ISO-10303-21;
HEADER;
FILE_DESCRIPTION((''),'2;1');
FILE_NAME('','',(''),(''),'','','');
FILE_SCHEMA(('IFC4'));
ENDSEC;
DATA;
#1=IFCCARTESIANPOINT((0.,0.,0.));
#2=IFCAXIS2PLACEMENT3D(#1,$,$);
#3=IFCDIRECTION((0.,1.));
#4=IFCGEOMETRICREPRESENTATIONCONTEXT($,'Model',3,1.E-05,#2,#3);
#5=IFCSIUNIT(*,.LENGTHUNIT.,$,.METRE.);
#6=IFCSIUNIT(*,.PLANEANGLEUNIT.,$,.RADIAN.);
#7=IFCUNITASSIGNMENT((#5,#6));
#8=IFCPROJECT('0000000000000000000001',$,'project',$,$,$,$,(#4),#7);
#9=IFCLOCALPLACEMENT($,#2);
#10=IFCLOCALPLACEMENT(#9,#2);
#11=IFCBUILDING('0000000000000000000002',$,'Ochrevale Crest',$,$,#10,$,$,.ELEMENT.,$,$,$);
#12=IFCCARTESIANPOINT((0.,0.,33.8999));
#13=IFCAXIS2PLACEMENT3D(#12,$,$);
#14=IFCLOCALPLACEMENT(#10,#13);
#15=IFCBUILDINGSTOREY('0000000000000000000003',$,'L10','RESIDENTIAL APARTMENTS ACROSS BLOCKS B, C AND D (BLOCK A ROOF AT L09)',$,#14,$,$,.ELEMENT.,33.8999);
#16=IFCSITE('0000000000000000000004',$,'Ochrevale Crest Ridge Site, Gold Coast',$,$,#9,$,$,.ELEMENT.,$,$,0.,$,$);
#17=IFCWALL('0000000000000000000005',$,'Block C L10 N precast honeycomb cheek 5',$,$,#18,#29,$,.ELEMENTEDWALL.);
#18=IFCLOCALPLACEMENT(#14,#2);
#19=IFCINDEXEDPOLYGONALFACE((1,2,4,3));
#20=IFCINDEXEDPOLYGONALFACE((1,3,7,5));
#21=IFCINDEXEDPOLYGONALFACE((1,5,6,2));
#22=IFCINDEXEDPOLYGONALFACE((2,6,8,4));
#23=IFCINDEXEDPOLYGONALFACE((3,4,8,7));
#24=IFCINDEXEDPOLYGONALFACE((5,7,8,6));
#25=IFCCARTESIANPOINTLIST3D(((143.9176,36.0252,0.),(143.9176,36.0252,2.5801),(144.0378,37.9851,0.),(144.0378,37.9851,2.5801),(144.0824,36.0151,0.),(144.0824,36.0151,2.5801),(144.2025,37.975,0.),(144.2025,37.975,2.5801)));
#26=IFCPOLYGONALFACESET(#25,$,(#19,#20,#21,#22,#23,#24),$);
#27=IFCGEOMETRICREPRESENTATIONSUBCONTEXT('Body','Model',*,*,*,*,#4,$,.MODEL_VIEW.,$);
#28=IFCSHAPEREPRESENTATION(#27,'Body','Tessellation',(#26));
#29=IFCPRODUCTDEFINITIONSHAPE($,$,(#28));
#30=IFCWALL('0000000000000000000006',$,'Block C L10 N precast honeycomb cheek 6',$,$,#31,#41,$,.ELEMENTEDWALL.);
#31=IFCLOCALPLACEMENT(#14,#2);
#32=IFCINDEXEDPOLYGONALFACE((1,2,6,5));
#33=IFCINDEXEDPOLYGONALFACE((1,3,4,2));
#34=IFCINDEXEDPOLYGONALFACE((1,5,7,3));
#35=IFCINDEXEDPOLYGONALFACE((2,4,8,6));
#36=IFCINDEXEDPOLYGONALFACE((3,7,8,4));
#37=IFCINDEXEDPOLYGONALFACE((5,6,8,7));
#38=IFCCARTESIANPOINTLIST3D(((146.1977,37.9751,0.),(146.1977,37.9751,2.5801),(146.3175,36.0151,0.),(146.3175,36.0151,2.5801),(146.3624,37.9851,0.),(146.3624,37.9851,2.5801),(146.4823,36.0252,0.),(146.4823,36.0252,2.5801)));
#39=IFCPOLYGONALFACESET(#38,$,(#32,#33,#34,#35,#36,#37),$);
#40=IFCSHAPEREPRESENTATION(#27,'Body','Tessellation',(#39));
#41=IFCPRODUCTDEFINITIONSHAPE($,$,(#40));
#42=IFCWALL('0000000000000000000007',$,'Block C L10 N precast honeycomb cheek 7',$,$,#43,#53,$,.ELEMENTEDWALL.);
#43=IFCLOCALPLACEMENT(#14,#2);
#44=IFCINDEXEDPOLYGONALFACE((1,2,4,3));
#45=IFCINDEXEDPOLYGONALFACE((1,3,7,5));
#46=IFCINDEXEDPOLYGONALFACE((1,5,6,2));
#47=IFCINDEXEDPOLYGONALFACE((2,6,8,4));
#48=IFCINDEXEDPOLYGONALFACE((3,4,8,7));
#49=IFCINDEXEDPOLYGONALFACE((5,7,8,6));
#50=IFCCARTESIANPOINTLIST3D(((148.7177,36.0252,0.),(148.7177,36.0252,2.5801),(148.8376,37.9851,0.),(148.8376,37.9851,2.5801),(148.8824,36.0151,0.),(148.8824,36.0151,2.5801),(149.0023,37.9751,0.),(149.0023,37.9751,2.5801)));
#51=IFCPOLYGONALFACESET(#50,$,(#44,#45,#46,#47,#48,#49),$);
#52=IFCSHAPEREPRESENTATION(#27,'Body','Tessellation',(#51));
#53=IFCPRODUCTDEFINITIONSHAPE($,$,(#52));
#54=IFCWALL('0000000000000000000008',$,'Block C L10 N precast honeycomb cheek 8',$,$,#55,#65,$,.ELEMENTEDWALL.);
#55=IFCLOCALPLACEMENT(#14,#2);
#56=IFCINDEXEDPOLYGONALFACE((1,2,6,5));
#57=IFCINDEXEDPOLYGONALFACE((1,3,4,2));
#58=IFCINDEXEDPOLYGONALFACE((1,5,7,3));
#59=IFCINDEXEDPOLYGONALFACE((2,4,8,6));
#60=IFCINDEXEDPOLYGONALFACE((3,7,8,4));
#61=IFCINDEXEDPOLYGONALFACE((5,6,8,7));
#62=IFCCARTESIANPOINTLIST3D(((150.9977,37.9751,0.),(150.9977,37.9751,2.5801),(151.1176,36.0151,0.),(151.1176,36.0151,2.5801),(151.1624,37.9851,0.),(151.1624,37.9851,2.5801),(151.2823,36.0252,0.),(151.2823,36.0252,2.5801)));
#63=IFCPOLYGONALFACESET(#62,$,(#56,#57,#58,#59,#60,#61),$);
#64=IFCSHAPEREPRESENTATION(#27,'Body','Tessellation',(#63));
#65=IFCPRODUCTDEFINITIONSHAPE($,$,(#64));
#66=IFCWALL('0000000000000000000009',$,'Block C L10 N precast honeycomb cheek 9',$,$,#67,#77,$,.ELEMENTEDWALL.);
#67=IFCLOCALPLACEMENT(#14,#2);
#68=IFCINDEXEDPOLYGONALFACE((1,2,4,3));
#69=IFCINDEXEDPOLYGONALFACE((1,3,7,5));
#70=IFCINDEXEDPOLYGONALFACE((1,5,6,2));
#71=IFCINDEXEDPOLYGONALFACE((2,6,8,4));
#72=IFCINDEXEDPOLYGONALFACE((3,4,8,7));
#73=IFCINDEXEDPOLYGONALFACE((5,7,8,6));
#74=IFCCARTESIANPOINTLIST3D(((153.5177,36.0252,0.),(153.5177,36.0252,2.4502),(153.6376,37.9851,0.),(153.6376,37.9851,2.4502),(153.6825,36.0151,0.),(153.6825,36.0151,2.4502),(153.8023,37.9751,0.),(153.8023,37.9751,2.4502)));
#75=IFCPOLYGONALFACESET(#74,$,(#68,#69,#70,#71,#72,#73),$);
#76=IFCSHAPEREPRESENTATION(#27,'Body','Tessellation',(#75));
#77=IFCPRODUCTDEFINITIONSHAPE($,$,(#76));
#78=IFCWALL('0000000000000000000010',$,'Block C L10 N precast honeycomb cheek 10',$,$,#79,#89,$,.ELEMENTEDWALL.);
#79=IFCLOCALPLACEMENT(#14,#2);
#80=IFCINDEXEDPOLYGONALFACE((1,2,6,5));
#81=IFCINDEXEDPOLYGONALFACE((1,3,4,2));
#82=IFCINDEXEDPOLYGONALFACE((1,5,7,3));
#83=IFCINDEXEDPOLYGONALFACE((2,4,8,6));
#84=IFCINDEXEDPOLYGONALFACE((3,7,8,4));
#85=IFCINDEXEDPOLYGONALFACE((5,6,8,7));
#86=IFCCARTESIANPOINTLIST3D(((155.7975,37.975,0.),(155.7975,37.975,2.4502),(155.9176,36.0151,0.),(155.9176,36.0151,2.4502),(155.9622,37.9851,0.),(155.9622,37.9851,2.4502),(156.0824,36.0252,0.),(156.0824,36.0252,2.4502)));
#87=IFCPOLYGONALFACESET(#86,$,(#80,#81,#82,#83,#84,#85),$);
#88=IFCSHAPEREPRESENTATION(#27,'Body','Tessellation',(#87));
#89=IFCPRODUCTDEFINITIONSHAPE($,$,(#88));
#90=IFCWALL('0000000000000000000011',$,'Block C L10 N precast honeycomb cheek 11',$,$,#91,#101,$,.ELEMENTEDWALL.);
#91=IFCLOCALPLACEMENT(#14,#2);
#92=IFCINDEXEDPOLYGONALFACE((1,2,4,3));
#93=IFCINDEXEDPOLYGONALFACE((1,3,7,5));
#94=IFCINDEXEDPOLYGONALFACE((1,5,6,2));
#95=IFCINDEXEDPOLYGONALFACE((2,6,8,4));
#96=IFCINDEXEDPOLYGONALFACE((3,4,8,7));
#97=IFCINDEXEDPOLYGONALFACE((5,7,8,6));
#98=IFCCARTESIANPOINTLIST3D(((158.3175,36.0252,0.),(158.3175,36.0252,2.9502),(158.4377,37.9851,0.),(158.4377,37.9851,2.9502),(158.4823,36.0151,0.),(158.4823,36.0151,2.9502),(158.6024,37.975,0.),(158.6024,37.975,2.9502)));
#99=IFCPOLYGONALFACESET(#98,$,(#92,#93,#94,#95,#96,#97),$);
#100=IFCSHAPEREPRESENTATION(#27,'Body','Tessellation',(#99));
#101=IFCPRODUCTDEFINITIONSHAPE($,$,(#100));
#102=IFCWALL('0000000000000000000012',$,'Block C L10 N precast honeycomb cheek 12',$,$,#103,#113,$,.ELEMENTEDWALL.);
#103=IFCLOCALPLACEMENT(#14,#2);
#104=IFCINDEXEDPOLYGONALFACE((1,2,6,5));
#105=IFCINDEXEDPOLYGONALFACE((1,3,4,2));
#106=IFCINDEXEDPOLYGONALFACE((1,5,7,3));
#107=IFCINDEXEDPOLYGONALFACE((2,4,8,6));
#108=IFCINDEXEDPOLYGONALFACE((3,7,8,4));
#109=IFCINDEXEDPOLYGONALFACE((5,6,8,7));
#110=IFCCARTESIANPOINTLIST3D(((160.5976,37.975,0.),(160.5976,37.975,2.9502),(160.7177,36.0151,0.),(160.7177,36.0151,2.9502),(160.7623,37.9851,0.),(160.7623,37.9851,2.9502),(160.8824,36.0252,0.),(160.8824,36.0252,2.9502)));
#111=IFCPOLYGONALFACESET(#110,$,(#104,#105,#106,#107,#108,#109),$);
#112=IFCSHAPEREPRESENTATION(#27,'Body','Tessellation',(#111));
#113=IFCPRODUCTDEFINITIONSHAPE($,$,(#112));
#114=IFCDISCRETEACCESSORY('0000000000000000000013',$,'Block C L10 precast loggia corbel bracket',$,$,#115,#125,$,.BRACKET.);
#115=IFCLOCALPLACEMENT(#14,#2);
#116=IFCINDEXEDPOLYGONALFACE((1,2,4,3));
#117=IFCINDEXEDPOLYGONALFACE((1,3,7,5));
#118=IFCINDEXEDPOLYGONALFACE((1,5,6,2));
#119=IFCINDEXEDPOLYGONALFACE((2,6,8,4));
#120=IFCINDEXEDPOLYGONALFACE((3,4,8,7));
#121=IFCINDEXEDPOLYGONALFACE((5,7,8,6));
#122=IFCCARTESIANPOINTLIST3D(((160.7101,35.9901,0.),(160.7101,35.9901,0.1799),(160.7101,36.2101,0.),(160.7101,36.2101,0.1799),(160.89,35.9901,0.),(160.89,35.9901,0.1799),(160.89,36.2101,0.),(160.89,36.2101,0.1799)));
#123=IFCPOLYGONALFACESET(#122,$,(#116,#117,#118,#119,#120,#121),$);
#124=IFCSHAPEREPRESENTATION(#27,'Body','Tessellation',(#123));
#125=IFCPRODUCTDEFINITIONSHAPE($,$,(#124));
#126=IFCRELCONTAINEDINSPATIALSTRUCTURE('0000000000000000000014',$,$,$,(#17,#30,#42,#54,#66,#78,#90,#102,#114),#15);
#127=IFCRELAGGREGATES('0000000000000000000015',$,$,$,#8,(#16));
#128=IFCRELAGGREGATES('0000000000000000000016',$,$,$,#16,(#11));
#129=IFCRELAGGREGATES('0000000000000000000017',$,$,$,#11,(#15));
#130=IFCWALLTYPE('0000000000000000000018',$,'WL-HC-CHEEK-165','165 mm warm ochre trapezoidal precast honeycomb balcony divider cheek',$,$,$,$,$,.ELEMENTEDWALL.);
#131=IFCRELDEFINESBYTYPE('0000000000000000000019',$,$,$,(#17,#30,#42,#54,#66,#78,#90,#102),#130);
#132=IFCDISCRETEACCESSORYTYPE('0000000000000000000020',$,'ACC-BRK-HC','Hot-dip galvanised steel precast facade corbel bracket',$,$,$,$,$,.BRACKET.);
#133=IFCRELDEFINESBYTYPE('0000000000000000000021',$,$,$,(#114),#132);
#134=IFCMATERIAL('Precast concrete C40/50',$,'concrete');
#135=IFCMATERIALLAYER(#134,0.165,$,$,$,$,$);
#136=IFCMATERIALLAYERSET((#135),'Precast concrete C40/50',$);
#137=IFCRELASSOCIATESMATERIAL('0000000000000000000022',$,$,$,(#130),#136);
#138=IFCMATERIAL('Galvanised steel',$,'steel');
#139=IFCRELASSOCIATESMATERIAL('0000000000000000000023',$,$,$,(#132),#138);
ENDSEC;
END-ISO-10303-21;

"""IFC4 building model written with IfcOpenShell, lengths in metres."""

from ifc_helpers import new_model, si_unit, direction, frame, frame_2d, origin, origin_2d, place, context, subcontext, project, spatial, rectangle, extrude, material, layer, layer_set, type_object, element, save


model = new_model("IFC4")

# Units and contexts
model_context = context("Model", 3, precision=1e-05, world=origin(), true_north=direction((0.0, 1.0)))
body_context = subcontext(model_context, "Body", "Model", "MODEL_VIEW")
ifc_project = project(units=[si_unit("LENGTHUNIT", "METRE"), si_unit("PLANEANGLEUNIT", "RADIAN")], contexts=[model_context])

# Site, building, storey
site_placement = place(None, origin())
site = spatial("IfcSite", under=ifc_project, at=site_placement, Name="Ochrevale Crest Ridge Site, Gold Coast", CompositionType="ELEMENT", RefElevation=0.0)
building_placement = place(site_placement, origin())
building = spatial("IfcBuilding", under=site, at=building_placement, Name="Ochrevale Crest", CompositionType="ELEMENT")
storey_placement = place(building_placement, frame((0.0, 0.0, 33.8999)))
storey = spatial("IfcBuildingStorey", under=building, at=storey_placement, Name="L10", Description="RESIDENTIAL APARTMENTS ACROSS BLOCKS B, C AND D (BLOCK A ROOF AT L09)", CompositionType="ELEMENT", Elevation=33.8999)

# Shared definitions
ifc_material_1 = material(Name="Precast concrete C40/50", Category="concrete")

# Walls
ifc_layer_1 = layer(ifc_material_1, 0.165)
ifc_layer_set_1 = layer_set([ifc_layer_1], Name="Precast concrete C40/50")
wall_type = type_object("IfcWallType", Name="WL-HC-CHEEK-165", Description="165 mm warm ochre trapezoidal precast honeycomb balcony divider cheek", PredefinedType="ELEMENTEDWALL", material=ifc_layer_set_1)
for number, where, z_axis, x_axis, name in (
    (1, (144.0, 36.02, 0.0), (0.0, 0.0, 1.0), (0.061171, 0.998127, 0.0), "Block C L10 N precast honeycomb cheek 5"),
    (2, (146.3999, 36.02, 0.0), (0.0, 0.0, 1.0), (-0.061047, 0.998135, 0.0), "Block C L10 N precast honeycomb cheek 6"),
    (3, (148.8, 36.02, 0.0), (0.0, 0.0, 1.0), (0.061047, 0.998135, 0.0), "Block C L10 N precast honeycomb cheek 7"),
    (4, (151.2, 36.02, 0.0), (0.0, 0.0, 1.0), (-0.061047, 0.998135, 0.0), "Block C L10 N precast honeycomb cheek 8"),
):
    element("IfcWall", number, at=place(storey_placement, frame(where, z_axis=z_axis, x_axis=x_axis)), inside=storey, type_object=wall_type, Name=name, PredefinedType="ELEMENTEDWALL", context=body_context, shape_type="SweptSolid", body=[
        extrude(rectangle(XDim=1.9636, YDim=0.165, at=frame_2d((0.9819, 0.0))), origin(), (0.0, 0.0, 1.0), 2.5801),
    ])
for number, where, z_axis, x_axis, name in (
    (5, (153.6001, 36.02, 0.0), (0.0, 0.0, 1.0), (0.061047, 0.998135, 0.0), "Block C L10 N precast honeycomb cheek 9"),
    (6, (156.0, 36.02, 0.0), (0.0, 0.0, 1.0), (-0.061171, 0.998127, 0.0), "Block C L10 N precast honeycomb cheek 10"),
):
    element("IfcWall", number, at=place(storey_placement, frame(where, z_axis=z_axis, x_axis=x_axis)), inside=storey, type_object=wall_type, Name=name, PredefinedType="ELEMENTEDWALL", context=body_context, shape_type="SweptSolid", body=[
        extrude(rectangle(XDim=1.9636, YDim=0.165, at=frame_2d((0.9819, 0.0))), origin(), (0.0, 0.0, 1.0), 2.4502),
    ])
for number, where, z_axis, x_axis, name in (
    (7, (158.3999, 36.02, 0.0), (0.0, 0.0, 1.0), (0.061171, 0.998127, 0.0), "Block C L10 N precast honeycomb cheek 11"),
    (8, (160.8, 36.02, 0.0), (0.0, 0.0, 1.0), (-0.061171, 0.998127, 0.0), "Block C L10 N precast honeycomb cheek 12"),
):
    element("IfcWall", number, at=place(storey_placement, frame(where, z_axis=z_axis, x_axis=x_axis)), inside=storey, type_object=wall_type, Name=name, PredefinedType="ELEMENTEDWALL", context=body_context, shape_type="SweptSolid", body=[
        extrude(rectangle(XDim=1.9636, YDim=0.165, at=frame_2d((0.9819, 0.0))), origin(), (0.0, 0.0, 1.0), 2.9502),
    ])

# Discrete accessory
ifc_material_2 = material(Name="Galvanised steel", Category="steel")
discrete_accessory_type = type_object("IfcDiscreteAccessoryType", Name="ACC-BRK-HC", Description="Hot-dip galvanised steel precast facade corbel bracket", PredefinedType="BRACKET", material=ifc_material_2)
discrete_accessory_placement = place(storey_placement, frame((160.8, 36.1001, 0.0), z_axis=(0.0, 0.0, 1.0), x_axis=(1.0, 0.0, 0.0)))
element("IfcDiscreteAccessory", 9, at=discrete_accessory_placement, inside=storey, type_object=discrete_accessory_type, Name="Block C L10 precast loggia corbel bracket", PredefinedType="BRACKET", context=body_context, shape_type="SweptSolid", body=[
    extrude(rectangle(XDim=0.1799, YDim=0.22, at=origin_2d()), origin(), (0.0, 0.0, 1.0), 0.1799),
])

save(model, "model.ifc")
